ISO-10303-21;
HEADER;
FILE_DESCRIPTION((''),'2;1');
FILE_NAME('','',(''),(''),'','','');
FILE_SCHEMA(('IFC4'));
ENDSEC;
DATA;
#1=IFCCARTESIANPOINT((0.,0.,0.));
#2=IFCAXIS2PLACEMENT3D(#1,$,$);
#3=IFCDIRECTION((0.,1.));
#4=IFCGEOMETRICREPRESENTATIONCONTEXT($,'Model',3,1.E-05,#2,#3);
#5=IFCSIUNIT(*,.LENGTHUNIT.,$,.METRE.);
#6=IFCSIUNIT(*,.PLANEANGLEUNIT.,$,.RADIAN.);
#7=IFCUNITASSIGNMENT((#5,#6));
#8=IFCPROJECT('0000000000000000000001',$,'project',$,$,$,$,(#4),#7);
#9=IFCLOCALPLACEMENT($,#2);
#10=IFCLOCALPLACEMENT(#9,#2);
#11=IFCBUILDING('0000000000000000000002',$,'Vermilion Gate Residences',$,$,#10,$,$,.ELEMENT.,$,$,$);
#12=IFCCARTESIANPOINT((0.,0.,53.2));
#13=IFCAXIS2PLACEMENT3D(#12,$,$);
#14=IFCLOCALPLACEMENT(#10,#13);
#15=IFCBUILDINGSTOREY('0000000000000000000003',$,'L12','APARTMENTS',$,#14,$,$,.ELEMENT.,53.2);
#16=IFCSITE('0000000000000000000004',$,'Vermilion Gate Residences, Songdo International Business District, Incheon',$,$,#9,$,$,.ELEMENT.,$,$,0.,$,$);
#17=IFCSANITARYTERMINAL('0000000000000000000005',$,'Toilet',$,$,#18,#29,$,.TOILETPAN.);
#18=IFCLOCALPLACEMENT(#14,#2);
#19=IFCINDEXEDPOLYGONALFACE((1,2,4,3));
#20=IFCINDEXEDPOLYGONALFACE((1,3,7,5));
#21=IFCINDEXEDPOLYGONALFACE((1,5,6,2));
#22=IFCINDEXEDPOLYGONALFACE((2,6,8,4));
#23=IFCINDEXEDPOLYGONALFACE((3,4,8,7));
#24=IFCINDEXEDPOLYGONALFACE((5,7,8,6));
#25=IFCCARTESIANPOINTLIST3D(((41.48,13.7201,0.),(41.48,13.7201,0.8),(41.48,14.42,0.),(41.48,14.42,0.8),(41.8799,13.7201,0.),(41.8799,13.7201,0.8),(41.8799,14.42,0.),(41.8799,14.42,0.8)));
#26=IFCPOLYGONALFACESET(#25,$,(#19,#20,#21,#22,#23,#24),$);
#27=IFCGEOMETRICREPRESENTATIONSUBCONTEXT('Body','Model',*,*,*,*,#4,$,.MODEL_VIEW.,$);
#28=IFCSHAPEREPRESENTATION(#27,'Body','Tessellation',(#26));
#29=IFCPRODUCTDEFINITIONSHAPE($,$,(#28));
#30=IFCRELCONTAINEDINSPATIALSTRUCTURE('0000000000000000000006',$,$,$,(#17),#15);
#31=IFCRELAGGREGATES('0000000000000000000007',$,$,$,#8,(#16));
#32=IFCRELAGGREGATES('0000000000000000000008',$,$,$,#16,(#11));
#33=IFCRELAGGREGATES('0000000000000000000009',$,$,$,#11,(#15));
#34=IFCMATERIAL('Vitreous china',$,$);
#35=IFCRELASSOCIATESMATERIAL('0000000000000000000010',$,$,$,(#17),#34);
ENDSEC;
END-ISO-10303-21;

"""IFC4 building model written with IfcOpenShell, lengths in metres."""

from ifc_helpers import new_model, si_unit, direction, frame, origin, origin_2d, place, context, subcontext, project, spatial, rectangle, extrude, material, element, save


model = new_model("IFC4")

# Units and contexts
model_context = context("Model", 3, precision=1e-05, world=origin(), true_north=direction((0.0, 1.0)))
body_context = subcontext(model_context, "Body", "Model", "MODEL_VIEW")
ifc_project = project(units=[si_unit("LENGTHUNIT", "METRE"), si_unit("PLANEANGLEUNIT", "RADIAN")], contexts=[model_context])

# Site, building, storey
site_placement = place(None, origin())
site = spatial("IfcSite", under=ifc_project, at=site_placement, Name="Vermilion Gate Residences, Songdo International Business District, Incheon", CompositionType="ELEMENT", RefElevation=0.0)
building_placement = place(site_placement, origin())
building = spatial("IfcBuilding", under=site, at=building_placement, Name="Vermilion Gate Residences", CompositionType="ELEMENT")
storey_placement = place(building_placement, frame((0.0, 0.0, 53.2)))
storey = spatial("IfcBuildingStorey", under=building, at=storey_placement, Name="L12", Description="APARTMENTS", CompositionType="ELEMENT", Elevation=53.2)

# Sanitary terminal
ifc_material_1 = material(Name="Vitreous china")
sanitary_terminal_placement = place(storey_placement, frame((41.6799, 14.0701, 0.0), z_axis=(0.0, 0.0, 1.0), x_axis=(1.0, 0.0, 0.0)))
element("IfcSanitaryTerminal", 1, at=sanitary_terminal_placement, inside=storey, material=ifc_material_1, Name="Toilet", PredefinedType="TOILETPAN", context=body_context, shape_type="SweptSolid", body=[
    extrude(rectangle(XDim=0.3999, YDim=0.7, at=origin_2d()), origin(), (0.0, 0.0, 1.0), 0.8),
])

save(model, "model.ifc")
